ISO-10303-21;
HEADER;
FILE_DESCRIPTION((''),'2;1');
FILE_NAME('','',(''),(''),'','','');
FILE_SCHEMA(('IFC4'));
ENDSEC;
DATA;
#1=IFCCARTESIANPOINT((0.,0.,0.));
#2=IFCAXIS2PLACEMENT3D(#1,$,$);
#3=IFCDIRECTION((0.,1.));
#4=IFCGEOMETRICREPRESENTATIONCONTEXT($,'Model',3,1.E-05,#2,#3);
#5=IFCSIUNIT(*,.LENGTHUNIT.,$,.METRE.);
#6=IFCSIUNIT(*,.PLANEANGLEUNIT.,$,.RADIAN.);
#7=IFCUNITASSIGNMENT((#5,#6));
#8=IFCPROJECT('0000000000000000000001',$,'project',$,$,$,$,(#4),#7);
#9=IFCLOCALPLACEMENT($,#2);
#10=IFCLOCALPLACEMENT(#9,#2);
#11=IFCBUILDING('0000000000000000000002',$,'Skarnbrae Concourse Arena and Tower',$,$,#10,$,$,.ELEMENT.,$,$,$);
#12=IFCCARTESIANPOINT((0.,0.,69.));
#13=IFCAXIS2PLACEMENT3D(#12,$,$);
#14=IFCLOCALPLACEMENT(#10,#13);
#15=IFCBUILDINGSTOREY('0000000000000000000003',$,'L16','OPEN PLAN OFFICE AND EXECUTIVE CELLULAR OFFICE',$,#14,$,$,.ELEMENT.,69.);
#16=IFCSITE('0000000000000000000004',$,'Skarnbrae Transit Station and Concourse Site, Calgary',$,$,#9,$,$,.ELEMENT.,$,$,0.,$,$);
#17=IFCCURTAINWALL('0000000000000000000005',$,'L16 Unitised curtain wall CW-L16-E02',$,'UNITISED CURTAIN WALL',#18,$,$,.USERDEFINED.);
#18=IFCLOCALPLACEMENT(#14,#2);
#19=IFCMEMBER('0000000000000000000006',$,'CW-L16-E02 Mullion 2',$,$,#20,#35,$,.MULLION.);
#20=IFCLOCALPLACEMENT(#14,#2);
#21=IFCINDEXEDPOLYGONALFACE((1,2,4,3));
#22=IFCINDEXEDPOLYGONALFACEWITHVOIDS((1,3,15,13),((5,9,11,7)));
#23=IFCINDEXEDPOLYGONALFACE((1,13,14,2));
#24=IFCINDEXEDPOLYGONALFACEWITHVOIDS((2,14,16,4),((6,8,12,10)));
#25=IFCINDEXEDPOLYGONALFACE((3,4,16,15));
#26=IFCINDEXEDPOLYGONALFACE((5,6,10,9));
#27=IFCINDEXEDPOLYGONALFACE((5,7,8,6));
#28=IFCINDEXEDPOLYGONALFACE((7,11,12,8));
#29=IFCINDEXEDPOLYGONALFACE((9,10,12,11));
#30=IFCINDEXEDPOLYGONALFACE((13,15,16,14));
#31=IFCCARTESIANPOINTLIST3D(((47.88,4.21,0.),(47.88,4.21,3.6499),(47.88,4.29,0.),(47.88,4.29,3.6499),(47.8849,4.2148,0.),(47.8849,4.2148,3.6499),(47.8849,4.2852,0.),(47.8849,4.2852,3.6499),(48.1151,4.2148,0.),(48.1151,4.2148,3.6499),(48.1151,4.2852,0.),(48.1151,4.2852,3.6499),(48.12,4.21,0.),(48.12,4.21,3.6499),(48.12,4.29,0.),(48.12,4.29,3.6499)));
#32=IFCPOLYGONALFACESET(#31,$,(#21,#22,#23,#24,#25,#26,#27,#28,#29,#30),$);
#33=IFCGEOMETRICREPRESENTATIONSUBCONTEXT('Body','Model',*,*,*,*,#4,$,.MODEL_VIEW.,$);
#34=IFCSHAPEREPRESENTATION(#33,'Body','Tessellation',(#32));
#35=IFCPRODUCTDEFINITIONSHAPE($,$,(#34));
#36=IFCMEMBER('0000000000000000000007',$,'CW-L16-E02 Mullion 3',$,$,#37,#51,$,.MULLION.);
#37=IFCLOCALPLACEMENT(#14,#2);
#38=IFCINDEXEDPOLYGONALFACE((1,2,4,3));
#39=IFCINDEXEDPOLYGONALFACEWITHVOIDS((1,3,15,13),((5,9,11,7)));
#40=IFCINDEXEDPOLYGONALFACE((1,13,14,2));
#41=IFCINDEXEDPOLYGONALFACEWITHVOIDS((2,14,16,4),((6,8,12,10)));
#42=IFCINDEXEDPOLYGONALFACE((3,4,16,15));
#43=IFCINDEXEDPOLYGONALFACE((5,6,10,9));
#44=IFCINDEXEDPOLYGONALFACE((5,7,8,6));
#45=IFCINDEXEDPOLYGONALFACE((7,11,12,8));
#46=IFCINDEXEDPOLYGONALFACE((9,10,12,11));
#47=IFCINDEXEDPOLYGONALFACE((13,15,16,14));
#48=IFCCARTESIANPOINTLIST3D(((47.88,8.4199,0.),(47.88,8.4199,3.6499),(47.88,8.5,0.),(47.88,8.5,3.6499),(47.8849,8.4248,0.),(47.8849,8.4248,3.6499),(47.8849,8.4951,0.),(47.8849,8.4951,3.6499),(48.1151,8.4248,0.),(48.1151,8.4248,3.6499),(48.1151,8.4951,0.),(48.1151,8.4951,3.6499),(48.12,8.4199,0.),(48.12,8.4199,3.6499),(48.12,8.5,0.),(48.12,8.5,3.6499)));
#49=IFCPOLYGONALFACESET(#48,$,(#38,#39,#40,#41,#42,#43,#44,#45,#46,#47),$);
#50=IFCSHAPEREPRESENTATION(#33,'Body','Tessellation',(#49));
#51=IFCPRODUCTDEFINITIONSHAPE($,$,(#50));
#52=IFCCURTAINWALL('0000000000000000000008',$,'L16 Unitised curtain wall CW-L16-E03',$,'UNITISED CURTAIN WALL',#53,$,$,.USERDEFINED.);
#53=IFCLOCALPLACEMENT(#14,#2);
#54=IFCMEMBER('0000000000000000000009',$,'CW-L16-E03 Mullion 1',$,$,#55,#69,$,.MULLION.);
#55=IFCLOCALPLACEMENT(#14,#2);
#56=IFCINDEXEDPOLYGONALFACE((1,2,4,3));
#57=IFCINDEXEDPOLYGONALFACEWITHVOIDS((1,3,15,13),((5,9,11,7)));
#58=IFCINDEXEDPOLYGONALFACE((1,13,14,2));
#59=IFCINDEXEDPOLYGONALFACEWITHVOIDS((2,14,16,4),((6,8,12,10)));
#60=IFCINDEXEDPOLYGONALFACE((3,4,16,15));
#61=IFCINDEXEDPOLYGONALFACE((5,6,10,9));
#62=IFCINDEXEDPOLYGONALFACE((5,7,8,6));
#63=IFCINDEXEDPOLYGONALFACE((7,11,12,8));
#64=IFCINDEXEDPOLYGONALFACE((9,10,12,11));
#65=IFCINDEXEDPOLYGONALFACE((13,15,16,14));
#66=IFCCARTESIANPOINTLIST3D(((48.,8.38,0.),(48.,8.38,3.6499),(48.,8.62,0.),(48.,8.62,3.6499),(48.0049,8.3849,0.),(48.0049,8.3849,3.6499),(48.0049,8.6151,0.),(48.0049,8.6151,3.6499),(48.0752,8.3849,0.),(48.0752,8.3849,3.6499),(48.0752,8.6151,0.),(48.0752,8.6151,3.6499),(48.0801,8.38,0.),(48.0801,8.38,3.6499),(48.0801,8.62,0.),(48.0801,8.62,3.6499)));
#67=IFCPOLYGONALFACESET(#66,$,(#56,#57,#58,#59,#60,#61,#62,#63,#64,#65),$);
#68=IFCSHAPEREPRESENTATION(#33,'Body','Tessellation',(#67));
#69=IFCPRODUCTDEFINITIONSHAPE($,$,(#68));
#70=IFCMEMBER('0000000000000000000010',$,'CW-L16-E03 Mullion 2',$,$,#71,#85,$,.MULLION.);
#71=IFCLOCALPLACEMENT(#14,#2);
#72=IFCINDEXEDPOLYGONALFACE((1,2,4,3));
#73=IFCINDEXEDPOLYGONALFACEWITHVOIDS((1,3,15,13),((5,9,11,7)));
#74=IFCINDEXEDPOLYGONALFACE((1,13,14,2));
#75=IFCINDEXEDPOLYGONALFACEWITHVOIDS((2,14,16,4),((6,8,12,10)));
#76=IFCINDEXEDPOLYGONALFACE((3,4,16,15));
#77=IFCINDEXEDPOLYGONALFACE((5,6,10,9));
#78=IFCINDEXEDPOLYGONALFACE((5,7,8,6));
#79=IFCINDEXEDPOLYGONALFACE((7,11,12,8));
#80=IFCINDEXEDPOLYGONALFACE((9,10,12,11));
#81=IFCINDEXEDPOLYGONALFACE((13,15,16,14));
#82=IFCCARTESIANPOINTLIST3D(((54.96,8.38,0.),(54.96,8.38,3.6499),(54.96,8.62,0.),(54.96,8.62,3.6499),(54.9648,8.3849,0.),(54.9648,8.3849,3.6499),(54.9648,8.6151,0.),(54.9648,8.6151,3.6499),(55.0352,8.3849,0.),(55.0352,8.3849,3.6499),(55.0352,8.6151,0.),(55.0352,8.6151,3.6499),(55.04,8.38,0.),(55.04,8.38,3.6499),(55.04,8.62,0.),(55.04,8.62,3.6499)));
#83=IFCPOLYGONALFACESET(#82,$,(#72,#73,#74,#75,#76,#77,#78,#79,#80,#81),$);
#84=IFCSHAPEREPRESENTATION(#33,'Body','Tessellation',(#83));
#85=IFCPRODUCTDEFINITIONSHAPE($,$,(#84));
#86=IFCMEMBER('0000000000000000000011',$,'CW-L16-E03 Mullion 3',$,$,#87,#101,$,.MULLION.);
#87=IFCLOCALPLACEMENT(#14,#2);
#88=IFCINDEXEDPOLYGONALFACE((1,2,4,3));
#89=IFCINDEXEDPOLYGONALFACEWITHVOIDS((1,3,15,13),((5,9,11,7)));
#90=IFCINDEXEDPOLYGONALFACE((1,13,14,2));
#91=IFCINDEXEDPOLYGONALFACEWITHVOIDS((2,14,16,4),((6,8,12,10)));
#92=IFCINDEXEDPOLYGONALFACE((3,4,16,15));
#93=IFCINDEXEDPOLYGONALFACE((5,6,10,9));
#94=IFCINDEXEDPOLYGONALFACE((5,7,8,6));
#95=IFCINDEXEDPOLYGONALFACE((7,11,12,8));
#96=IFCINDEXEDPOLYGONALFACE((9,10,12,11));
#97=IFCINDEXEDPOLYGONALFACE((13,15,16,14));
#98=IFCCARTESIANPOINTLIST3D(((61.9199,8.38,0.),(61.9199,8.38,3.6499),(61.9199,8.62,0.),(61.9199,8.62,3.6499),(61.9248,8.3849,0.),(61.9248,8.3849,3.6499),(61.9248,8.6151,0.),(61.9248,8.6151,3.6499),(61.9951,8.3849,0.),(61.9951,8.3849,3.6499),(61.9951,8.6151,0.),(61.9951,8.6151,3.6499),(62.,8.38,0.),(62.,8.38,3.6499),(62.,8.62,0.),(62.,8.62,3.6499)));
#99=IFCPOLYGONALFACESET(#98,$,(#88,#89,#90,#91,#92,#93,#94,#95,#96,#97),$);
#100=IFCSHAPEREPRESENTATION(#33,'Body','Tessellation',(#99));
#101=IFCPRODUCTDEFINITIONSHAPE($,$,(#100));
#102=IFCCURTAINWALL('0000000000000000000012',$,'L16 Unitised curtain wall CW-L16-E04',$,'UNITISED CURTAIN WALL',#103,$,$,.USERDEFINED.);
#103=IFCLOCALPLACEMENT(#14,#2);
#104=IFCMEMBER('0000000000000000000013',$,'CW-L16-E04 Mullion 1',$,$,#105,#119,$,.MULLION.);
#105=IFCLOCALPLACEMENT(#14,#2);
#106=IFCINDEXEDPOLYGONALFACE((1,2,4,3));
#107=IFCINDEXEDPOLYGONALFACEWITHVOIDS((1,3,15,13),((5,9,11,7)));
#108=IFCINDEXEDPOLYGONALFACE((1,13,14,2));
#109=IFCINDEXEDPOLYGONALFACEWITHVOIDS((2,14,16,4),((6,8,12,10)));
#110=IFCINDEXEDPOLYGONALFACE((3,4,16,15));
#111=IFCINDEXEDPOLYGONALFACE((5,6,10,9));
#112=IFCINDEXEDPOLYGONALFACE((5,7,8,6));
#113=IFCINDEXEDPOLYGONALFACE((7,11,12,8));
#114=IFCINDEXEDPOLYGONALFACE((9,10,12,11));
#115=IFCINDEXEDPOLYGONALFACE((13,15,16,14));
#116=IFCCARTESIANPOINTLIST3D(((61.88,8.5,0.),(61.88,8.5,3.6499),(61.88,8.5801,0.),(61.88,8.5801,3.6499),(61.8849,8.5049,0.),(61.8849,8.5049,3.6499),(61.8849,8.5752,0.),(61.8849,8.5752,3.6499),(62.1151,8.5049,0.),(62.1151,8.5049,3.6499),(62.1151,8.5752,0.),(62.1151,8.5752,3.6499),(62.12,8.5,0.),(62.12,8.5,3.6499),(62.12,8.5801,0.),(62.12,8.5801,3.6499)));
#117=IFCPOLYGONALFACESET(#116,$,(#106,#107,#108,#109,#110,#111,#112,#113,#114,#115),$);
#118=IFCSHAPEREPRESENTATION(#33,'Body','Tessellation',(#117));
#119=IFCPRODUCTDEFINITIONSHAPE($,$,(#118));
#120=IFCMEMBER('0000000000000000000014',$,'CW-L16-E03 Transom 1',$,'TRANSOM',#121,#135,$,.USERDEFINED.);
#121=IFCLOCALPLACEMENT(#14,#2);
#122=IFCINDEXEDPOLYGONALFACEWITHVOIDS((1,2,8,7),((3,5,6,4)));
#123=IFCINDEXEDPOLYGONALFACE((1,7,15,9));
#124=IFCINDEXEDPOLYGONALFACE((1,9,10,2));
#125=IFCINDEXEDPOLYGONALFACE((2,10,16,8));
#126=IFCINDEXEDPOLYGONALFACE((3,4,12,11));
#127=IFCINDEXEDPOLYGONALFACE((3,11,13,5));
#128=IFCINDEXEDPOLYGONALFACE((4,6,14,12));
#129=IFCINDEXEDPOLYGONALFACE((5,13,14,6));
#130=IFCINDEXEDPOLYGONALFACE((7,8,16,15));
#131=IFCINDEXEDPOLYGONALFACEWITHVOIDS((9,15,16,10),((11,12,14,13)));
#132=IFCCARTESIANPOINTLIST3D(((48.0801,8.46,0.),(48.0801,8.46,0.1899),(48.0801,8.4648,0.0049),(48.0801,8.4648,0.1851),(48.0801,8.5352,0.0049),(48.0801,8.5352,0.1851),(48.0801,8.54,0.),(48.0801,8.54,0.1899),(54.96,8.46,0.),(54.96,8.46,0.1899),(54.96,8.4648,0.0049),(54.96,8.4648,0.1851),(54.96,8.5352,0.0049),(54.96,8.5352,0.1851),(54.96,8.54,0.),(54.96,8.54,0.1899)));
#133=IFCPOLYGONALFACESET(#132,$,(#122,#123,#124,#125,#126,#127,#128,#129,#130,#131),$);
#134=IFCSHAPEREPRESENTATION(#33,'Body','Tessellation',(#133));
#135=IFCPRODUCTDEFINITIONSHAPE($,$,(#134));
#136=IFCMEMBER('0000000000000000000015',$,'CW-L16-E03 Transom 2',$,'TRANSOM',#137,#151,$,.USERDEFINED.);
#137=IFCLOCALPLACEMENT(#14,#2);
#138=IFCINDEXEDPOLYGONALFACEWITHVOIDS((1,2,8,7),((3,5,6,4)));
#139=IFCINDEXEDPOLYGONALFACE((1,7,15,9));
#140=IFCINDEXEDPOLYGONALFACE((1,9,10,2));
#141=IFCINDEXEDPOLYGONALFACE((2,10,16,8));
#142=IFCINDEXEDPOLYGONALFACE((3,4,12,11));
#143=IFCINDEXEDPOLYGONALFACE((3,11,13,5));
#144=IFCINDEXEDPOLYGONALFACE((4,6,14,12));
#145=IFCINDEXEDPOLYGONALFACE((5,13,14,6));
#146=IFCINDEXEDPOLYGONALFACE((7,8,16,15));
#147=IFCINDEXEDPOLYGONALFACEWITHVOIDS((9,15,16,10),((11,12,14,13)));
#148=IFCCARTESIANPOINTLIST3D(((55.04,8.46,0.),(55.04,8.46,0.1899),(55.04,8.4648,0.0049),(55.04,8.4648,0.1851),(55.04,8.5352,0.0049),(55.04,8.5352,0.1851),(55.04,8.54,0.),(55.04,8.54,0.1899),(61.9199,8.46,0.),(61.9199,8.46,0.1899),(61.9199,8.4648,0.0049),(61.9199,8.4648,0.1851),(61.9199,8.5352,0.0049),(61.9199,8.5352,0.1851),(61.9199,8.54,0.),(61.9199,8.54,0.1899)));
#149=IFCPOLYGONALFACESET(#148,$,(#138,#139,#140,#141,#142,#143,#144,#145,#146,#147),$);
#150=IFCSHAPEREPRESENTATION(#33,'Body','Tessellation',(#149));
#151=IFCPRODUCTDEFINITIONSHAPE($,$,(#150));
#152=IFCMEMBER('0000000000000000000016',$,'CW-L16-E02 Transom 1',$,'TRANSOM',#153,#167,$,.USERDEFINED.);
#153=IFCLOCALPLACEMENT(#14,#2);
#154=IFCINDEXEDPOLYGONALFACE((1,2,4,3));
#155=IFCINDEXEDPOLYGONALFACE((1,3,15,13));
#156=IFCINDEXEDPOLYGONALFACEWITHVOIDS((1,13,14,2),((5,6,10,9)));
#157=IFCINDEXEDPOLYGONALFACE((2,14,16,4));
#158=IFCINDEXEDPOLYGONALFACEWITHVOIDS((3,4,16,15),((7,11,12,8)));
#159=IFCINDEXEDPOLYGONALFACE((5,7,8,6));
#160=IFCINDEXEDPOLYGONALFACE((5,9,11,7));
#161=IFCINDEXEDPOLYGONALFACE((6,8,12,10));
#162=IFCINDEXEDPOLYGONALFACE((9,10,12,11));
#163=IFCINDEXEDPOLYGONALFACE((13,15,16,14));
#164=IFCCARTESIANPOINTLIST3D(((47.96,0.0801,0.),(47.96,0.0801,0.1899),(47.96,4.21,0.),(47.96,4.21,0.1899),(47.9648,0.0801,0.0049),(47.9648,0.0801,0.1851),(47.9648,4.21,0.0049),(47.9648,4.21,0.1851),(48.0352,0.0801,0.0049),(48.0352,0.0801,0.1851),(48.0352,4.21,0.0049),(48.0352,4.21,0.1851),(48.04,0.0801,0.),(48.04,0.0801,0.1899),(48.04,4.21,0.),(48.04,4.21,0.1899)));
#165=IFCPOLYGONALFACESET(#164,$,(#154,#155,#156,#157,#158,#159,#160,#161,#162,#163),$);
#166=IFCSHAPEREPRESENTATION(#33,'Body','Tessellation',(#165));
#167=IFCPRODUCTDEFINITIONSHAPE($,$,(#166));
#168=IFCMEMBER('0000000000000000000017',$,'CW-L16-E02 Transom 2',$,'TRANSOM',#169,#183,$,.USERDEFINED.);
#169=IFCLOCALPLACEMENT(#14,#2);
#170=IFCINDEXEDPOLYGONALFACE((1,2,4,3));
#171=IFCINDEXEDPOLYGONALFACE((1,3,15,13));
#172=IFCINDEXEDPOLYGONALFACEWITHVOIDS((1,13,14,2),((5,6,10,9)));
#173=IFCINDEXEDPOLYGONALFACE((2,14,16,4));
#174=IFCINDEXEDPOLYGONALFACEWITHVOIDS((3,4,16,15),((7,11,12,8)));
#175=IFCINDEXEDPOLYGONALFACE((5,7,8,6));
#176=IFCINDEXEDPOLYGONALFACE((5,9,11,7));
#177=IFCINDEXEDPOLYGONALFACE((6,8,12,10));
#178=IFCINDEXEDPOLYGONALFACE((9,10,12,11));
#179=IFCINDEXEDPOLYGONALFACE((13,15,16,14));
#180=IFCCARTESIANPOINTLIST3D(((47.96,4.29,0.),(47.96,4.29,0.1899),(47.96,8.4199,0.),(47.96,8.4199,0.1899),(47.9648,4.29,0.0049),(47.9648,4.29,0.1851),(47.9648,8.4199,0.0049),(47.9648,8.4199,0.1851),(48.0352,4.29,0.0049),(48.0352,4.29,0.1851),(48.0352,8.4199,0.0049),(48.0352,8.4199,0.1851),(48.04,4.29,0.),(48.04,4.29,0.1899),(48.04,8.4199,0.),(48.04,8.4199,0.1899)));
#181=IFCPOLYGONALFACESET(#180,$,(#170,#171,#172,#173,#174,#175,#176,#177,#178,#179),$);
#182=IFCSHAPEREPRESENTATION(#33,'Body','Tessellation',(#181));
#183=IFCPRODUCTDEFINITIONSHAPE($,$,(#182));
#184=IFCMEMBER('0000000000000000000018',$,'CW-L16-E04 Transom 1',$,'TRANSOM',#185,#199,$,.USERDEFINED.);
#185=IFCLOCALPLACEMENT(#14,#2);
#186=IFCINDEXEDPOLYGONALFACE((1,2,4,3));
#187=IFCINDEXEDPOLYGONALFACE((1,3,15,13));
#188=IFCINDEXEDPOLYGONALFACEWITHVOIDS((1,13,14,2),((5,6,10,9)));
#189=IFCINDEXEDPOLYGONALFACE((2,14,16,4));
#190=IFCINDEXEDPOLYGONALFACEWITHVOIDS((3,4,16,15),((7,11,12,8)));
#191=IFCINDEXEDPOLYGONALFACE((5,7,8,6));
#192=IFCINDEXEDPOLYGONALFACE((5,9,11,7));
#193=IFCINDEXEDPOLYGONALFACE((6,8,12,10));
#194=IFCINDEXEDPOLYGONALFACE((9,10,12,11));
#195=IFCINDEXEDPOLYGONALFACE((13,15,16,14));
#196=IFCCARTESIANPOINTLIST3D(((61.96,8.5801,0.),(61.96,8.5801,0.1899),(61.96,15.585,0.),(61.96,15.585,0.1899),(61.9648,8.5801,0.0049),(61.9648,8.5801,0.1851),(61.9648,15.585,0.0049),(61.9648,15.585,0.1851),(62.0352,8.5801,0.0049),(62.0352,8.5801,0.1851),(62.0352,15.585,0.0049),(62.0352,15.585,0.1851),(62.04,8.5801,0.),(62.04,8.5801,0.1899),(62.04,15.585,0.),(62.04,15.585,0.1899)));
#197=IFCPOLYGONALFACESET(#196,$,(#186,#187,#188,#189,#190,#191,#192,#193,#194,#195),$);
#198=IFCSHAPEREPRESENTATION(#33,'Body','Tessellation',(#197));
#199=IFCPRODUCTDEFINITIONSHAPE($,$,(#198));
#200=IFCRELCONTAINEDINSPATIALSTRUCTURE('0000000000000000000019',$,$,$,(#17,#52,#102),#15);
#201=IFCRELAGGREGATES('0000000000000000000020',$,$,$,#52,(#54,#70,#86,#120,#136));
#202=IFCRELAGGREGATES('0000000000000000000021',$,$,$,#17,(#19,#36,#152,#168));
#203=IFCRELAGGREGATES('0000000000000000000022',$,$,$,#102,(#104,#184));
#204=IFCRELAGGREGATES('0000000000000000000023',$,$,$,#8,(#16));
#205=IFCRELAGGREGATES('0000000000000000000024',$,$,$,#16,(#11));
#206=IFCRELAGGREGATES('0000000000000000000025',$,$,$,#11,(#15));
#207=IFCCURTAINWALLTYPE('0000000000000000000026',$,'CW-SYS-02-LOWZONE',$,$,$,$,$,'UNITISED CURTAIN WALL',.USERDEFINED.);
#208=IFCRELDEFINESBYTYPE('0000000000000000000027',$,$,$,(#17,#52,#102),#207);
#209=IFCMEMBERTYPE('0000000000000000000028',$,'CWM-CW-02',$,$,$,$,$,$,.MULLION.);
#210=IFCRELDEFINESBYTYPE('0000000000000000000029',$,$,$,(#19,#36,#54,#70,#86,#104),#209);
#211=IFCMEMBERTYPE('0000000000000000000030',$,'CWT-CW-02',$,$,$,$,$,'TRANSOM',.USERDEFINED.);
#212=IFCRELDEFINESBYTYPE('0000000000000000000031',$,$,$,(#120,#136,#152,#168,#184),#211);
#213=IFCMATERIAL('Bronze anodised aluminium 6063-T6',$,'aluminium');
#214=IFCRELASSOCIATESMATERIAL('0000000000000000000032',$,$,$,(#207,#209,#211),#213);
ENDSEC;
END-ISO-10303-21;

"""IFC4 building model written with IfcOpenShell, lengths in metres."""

from ifc_helpers import new_model, si_unit, direction, frame, origin, origin_2d, place, context, subcontext, project, spatial, hollow_rectangle, extrude, source, transform, mapped, material, material_profile, profile_set, type_object, element, aggregate, save


model = new_model("IFC4")

# Units and contexts
model_context = context("Model", 3, precision=1e-05, world=origin(), true_north=direction((0.0, 1.0)))
body_context = subcontext(model_context, "Body", "Model", "MODEL_VIEW")
ifc_project = project(units=[si_unit("LENGTHUNIT", "METRE"), si_unit("PLANEANGLEUNIT", "RADIAN")], contexts=[model_context])

# Site, building, storey
site_placement = place(None, origin())
site = spatial("IfcSite", under=ifc_project, at=site_placement, Name="Skarnbrae Transit Station and Concourse Site, Calgary", CompositionType="ELEMENT", RefElevation=0.0)
building_placement = place(site_placement, origin())
building = spatial("IfcBuilding", under=site, at=building_placement, Name="Skarnbrae Concourse Arena and Tower", CompositionType="ELEMENT")
storey_placement = place(building_placement, frame((0.0, 0.0, 69.0)))
storey = spatial("IfcBuildingStorey", under=building, at=storey_placement, Name="L16", Description="OPEN PLAN OFFICE AND EXECUTIVE CELLULAR OFFICE", CompositionType="ELEMENT", Elevation=69.0)

# Shared definitions
ifc_material_1 = material(Name="Bronze anodised aluminium 6063-T6", Category="aluminium")
curtain_wall_type = type_object("IfcCurtainWallType", Name="CW-SYS-02-LOWZONE", ElementType="UNITISED CURTAIN WALL", PredefinedType="USERDEFINED", material=ifc_material_1)
ifc_material_profile_1 = material_profile(ifc_material_1, hollow_rectangle(XDim=0.0801, YDim=0.24, WallThickness=0.0049, at=origin_2d()), Name="ALU-MULL-80X240")
ifc_profile_set_1 = profile_set([ifc_material_profile_1], Name="Bronze anodised aluminium 6063-T6")
member_type_1 = type_object("IfcMemberType", Name="CWM-CW-02", PredefinedType="MULLION", material=ifc_profile_set_1)
shared_shape_1 = source(origin(), body_context, "Body", "SweptSolid", [
    extrude(hollow_rectangle(XDim=0.0801, YDim=0.24, WallThickness=0.0049, at=origin_2d()), origin(), (0.0, 0.0, 1.0), 3.6499),
])

# Curtain walls, members
curtain_wall_1_placement = place(storey_placement, origin())
curtain_wall_1 = element("IfcCurtainWall", 1, at=curtain_wall_1_placement, inside=storey, type_object=curtain_wall_type, Name="L16 Unitised curtain wall CW-L16-E02", ObjectType="UNITISED CURTAIN WALL", PredefinedType="USERDEFINED")
member_1_placement = place(storey_placement, frame((48.0, 4.25, 0.0), z_axis=(0.0, 0.0, 1.0), x_axis=(0.0, 1.0, 0.0)))
member_1 = element("IfcMember", 2, at=member_1_placement, type_object=member_type_1, Name="CW-L16-E02 Mullion 2", PredefinedType="MULLION", context=body_context, shape_type="MappedRepresentation", body=[
    mapped(shared_shape_1, transform((0.0, 0.0, 0.0))),
])
member_2_placement = place(storey_placement, frame((48.0, 8.46, 0.0), z_axis=(0.0, 0.0, 1.0), x_axis=(0.0, 1.0, 0.0)))
member_2 = element("IfcMember", 3, at=member_2_placement, type_object=member_type_1, Name="CW-L16-E02 Mullion 3", PredefinedType="MULLION", context=body_context, shape_type="MappedRepresentation", body=[
    mapped(shared_shape_1, transform((0.0, 0.0, 0.0))),
])
curtain_wall_2_placement = place(storey_placement, origin())
curtain_wall_2 = element("IfcCurtainWall", 4, at=curtain_wall_2_placement, inside=storey, type_object=curtain_wall_type, Name="L16 Unitised curtain wall CW-L16-E03", ObjectType="UNITISED CURTAIN WALL", PredefinedType="USERDEFINED")
member_3_placement = place(storey_placement, frame((48.04, 8.5, 0.0), z_axis=(0.0, 0.0, 1.0), x_axis=(1.0, 0.0, 0.0)))
member_3 = element("IfcMember", 5, at=member_3_placement, type_object=member_type_1, Name="CW-L16-E03 Mullion 1", PredefinedType="MULLION", context=body_context, shape_type="MappedRepresentation", body=[
    mapped(shared_shape_1, transform((0.0, 0.0, 0.0))),
])
member_4_placement = place(storey_placement, frame((55.0, 8.5, 0.0), z_axis=(0.0, 0.0, 1.0), x_axis=(1.0, 0.0, 0.0)))
member_4 = element("IfcMember", 6, at=member_4_placement, type_object=member_type_1, Name="CW-L16-E03 Mullion 2", PredefinedType="MULLION", context=body_context, shape_type="MappedRepresentation", body=[
    mapped(shared_shape_1, transform((0.0, 0.0, 0.0))),
])
member_5_placement = place(storey_placement, frame((61.96, 8.5, 0.0), z_axis=(0.0, 0.0, 1.0), x_axis=(1.0, 0.0, 0.0)))
member_5 = element("IfcMember", 7, at=member_5_placement, type_object=member_type_1, Name="CW-L16-E03 Mullion 3", PredefinedType="MULLION", context=body_context, shape_type="MappedRepresentation", body=[
    mapped(shared_shape_1, transform((0.0, 0.0, 0.0))),
])

# Curtain wall, member
curtain_wall_3_placement = place(storey_placement, origin())
curtain_wall_3 = element("IfcCurtainWall", 8, at=curtain_wall_3_placement, inside=storey, type_object=curtain_wall_type, Name="L16 Unitised curtain wall CW-L16-E04", ObjectType="UNITISED CURTAIN WALL", PredefinedType="USERDEFINED")
member_6_placement = place(storey_placement, frame((62.0, 8.54, 0.0), z_axis=(0.0, 0.0, 1.0), x_axis=(0.0, 1.0, 0.0)))
member_6 = element("IfcMember", 9, at=member_6_placement, type_object=member_type_1, Name="CW-L16-E04 Mullion 1", PredefinedType="MULLION", context=body_context, shape_type="MappedRepresentation", body=[
    mapped(shared_shape_1, transform((0.0, 0.0, 0.0))),
])

# Members
ifc_material_profile_2 = material_profile(ifc_material_1, hollow_rectangle(XDim=0.0801, YDim=0.1899, WallThickness=0.0049, at=origin_2d()), Name="ALU-TRAN-80X190")
ifc_profile_set_2 = profile_set([ifc_material_profile_2], Name="Bronze anodised aluminium 6063-T6")
member_type_2 = type_object("IfcMemberType", Name="CWT-CW-02", ElementType="TRANSOM", PredefinedType="USERDEFINED", material=ifc_profile_set_2)
shared_shape_2 = source(origin(), body_context, "Body", "SweptSolid", [
    extrude(hollow_rectangle(XDim=0.0801, YDim=0.1899, WallThickness=0.0049, at=origin_2d()), origin(), (0.0, 0.0, 1.0), 6.8799),
])
member_7_placement = place(storey_placement, frame((48.0801, 8.5, 0.095), z_axis=(1.0, 0.0, 0.0), x_axis=(0.0, 1.0, 0.0)))
member_7 = element("IfcMember", 10, at=member_7_placement, type_object=member_type_2, Name="CW-L16-E03 Transom 1", ObjectType="TRANSOM", PredefinedType="USERDEFINED", context=body_context, shape_type="MappedRepresentation", body=[
    mapped(shared_shape_2, transform((0.0, 0.0, 0.0))),
])
member_8_placement = place(storey_placement, frame((55.04, 8.5, 0.095), z_axis=(1.0, 0.0, 0.0), x_axis=(0.0, 1.0, 0.0)))
member_8 = element("IfcMember", 11, at=member_8_placement, type_object=member_type_2, Name="CW-L16-E03 Transom 2", ObjectType="TRANSOM", PredefinedType="USERDEFINED", context=body_context, shape_type="MappedRepresentation", body=[
    mapped(shared_shape_2, transform((0.0, 0.0, 0.0))),
])
shared_shape_3 = source(origin(), body_context, "Body", "SweptSolid", [
    extrude(hollow_rectangle(XDim=0.0801, YDim=0.1899, WallThickness=0.0049, at=origin_2d()), origin(), (0.0, 0.0, 1.0), 4.1299),
])
member_9_placement = place(storey_placement, frame((48.0, 0.0801, 0.095), z_axis=(0.0, 1.0, 0.0), x_axis=(-1.0, 0.0, 0.0)))
member_9 = element("IfcMember", 12, at=member_9_placement, type_object=member_type_2, Name="CW-L16-E02 Transom 1", ObjectType="TRANSOM", PredefinedType="USERDEFINED", context=body_context, shape_type="MappedRepresentation", body=[
    mapped(shared_shape_3, transform((0.0, 0.0, 0.0))),
])
member_10_placement = place(storey_placement, frame((48.0, 4.29, 0.095), z_axis=(0.0, 1.0, 0.0), x_axis=(-1.0, 0.0, 0.0)))
member_10 = element("IfcMember", 13, at=member_10_placement, type_object=member_type_2, Name="CW-L16-E02 Transom 2", ObjectType="TRANSOM", PredefinedType="USERDEFINED", context=body_context, shape_type="MappedRepresentation", body=[
    mapped(shared_shape_3, transform((0.0, 0.0, 0.0))),
])
shared_shape_4 = source(origin(), body_context, "Body", "SweptSolid", [
    extrude(hollow_rectangle(XDim=0.0801, YDim=0.1899, WallThickness=0.0049, at=origin_2d()), origin(), (0.0, 0.0, 1.0), 7.0049),
])
member_11_placement = place(storey_placement, frame((62.0, 8.5801, 0.095), z_axis=(0.0, 1.0, 0.0), x_axis=(-1.0, 0.0, 0.0)))
member_11 = element("IfcMember", 14, at=member_11_placement, type_object=member_type_2, Name="CW-L16-E04 Transom 1", ObjectType="TRANSOM", PredefinedType="USERDEFINED", context=body_context, shape_type="MappedRepresentation", body=[
    mapped(shared_shape_4, transform((0.0, 0.0, 0.0))),
])

aggregate(curtain_wall_2, [member_3, member_4, member_5, member_7, member_8])
aggregate(curtain_wall_1, [member_1, member_2, member_9, member_10])
aggregate(curtain_wall_3, [member_6, member_11])

save(model, "model.ifc")
